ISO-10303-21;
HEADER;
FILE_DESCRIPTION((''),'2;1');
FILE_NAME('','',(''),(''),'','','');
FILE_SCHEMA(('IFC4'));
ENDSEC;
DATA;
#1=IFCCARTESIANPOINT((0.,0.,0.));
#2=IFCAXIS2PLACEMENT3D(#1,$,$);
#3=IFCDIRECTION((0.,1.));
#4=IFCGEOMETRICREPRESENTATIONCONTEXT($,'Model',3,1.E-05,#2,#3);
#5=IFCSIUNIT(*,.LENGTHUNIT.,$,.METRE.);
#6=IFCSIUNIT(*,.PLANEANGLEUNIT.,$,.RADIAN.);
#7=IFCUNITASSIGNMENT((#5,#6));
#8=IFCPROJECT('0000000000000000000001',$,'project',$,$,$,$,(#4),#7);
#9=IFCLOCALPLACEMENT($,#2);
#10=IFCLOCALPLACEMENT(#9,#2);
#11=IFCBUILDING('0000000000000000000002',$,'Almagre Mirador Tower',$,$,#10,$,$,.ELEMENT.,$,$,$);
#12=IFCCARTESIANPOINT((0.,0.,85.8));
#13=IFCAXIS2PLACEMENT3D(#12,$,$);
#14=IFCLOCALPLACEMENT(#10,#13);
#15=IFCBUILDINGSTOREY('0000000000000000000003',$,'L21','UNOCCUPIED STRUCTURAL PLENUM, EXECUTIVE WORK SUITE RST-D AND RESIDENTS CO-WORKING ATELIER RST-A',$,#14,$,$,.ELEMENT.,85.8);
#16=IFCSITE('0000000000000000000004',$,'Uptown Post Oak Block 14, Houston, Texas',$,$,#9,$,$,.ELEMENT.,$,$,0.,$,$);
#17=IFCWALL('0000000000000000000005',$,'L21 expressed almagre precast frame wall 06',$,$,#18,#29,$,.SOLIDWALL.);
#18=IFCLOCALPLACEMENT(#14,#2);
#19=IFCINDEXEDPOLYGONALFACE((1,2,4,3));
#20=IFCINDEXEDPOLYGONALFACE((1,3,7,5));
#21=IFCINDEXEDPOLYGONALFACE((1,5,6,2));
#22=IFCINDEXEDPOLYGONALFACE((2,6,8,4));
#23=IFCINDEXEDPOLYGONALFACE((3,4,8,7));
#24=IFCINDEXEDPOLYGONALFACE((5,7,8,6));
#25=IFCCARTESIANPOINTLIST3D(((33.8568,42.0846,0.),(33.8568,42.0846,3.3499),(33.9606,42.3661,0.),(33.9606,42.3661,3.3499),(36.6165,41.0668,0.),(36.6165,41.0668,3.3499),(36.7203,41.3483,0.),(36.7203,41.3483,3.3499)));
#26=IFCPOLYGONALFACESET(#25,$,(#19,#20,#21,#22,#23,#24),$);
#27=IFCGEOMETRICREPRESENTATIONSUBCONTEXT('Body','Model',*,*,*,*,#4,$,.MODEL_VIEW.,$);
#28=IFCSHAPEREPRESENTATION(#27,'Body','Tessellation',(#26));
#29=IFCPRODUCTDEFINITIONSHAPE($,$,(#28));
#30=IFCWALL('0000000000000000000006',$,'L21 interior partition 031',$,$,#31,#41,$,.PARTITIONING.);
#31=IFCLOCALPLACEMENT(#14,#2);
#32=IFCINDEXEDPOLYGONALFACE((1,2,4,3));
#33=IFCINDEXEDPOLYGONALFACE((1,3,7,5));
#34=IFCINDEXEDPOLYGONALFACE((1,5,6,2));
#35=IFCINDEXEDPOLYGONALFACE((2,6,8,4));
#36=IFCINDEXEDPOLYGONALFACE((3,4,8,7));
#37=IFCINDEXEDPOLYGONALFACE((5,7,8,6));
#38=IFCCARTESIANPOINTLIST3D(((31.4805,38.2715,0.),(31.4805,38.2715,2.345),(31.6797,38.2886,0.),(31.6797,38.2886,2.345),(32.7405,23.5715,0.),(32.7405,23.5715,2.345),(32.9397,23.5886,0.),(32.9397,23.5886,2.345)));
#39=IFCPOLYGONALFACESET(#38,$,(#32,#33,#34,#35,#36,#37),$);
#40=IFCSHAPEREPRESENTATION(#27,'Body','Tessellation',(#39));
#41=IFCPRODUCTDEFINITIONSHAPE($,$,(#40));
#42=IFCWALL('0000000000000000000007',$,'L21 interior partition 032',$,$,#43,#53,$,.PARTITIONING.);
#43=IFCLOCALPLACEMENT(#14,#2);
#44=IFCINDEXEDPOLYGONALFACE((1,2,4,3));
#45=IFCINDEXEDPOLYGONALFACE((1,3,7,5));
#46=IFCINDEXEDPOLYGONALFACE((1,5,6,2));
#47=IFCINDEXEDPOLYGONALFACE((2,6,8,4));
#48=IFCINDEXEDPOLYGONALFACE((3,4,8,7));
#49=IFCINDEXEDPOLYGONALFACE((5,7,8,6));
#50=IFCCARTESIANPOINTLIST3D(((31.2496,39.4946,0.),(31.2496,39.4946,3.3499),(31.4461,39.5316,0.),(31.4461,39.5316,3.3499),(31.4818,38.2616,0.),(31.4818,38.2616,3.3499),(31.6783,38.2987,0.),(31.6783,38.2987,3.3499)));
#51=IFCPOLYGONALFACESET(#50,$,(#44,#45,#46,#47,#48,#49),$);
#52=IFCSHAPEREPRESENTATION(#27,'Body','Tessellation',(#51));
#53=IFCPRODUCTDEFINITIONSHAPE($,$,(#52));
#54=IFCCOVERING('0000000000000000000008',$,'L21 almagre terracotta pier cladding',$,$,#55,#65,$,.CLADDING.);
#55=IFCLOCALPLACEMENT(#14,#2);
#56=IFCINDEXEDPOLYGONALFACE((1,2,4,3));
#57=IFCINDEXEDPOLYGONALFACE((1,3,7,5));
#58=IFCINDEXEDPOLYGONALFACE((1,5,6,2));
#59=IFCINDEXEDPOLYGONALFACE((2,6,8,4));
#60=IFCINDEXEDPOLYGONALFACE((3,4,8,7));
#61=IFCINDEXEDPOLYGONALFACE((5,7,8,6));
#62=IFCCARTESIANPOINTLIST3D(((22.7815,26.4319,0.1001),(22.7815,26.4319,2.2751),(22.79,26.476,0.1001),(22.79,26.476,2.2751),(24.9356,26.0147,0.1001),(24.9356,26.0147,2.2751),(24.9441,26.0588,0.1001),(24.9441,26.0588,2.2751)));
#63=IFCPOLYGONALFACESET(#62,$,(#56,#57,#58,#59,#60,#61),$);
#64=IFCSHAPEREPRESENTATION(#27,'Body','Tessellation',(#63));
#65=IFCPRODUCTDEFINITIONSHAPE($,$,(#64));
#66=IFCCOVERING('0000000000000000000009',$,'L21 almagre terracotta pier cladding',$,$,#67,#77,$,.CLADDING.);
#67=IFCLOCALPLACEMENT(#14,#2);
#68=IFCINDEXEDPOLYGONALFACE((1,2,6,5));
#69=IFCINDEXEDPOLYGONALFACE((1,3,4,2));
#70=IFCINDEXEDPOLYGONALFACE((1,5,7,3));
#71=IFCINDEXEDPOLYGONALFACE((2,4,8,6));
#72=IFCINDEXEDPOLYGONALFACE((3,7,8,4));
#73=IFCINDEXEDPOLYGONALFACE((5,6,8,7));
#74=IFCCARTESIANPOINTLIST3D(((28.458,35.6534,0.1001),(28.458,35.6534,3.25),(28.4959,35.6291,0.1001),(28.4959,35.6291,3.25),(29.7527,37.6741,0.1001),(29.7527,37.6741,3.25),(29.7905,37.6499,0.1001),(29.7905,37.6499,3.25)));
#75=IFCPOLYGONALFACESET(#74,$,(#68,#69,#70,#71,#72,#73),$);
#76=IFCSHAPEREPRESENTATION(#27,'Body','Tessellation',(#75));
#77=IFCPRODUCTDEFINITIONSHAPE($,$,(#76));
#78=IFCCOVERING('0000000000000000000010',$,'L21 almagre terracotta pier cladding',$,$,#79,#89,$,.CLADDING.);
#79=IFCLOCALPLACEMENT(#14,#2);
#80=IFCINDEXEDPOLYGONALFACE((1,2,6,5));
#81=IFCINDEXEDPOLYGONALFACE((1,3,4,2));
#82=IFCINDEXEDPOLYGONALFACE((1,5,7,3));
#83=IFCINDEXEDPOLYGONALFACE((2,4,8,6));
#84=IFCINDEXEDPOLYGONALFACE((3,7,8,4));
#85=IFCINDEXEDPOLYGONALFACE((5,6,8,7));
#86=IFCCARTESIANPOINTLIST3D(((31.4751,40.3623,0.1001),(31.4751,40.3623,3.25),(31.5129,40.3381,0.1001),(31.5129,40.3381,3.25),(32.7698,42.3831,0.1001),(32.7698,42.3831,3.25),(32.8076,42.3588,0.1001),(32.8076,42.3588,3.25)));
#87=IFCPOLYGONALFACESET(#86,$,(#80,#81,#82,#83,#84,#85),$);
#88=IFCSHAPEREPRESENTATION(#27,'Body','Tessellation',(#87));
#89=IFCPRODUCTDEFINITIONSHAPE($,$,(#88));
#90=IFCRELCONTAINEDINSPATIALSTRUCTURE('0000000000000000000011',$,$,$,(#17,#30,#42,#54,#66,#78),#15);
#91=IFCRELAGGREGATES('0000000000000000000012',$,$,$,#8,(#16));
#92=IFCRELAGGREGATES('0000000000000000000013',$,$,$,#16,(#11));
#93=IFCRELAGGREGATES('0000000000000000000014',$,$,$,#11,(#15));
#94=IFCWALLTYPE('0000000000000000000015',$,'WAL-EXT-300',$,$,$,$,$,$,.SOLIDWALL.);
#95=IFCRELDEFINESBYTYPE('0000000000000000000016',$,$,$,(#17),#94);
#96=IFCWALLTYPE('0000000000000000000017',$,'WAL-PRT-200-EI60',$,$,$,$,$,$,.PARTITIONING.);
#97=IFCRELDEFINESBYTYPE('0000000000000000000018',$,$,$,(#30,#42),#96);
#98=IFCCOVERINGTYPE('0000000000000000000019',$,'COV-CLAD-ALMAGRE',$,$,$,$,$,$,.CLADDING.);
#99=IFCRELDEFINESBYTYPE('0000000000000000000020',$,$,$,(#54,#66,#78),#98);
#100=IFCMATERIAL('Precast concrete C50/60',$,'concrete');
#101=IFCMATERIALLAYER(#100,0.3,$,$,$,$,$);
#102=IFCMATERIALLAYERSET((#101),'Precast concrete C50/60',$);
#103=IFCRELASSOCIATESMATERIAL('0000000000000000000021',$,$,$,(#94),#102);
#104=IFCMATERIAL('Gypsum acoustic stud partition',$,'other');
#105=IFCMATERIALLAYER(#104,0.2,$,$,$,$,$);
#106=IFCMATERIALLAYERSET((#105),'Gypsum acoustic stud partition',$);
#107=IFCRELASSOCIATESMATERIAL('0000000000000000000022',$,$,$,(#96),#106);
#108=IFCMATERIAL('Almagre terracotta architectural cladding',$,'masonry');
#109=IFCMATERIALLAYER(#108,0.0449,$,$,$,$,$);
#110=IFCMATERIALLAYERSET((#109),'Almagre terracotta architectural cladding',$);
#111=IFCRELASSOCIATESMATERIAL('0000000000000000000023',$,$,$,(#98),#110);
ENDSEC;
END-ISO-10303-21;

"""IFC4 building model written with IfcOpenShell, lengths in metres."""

from ifc_helpers import new_model, si_unit, direction, frame, frame_2d, origin, origin_2d, place, context, subcontext, project, spatial, rectangle, extrude, material, layer, layer_set, type_object, element, save


model = new_model("IFC4")

# Units and contexts
model_context = context("Model", 3, precision=1e-05, world=origin(), true_north=direction((0.0, 1.0)))
body_context = subcontext(model_context, "Body", "Model", "MODEL_VIEW")
ifc_project = project(units=[si_unit("LENGTHUNIT", "METRE"), si_unit("PLANEANGLEUNIT", "RADIAN")], contexts=[model_context])

# Site, building, storey
site_placement = place(None, origin())
site = spatial("IfcSite", under=ifc_project, at=site_placement, Name="Uptown Post Oak Block 14, Houston, Texas", CompositionType="ELEMENT", RefElevation=0.0)
building_placement = place(site_placement, origin())
building = spatial("IfcBuilding", under=site, at=building_placement, Name="Almagre Mirador Tower", CompositionType="ELEMENT")
storey_placement = place(building_placement, frame((0.0, 0.0, 85.8)))
storey = spatial("IfcBuildingStorey", under=building, at=storey_placement, Name="L21", Description="UNOCCUPIED STRUCTURAL PLENUM, EXECUTIVE WORK SUITE RST-D AND RESIDENTS CO-WORKING ATELIER RST-A", CompositionType="ELEMENT", Elevation=85.8)

# Shared definitions
ifc_material_1 = material(Name="Precast concrete C50/60", Category="concrete")
ifc_layer_1 = layer(ifc_material_1, 0.3)
ifc_layer_set_1 = layer_set([ifc_layer_1], Name="Precast concrete C50/60")
wall_type_1 = type_object("IfcWallType", Name="WAL-EXT-300", PredefinedType="SOLIDWALL", material=ifc_layer_set_1)

# Walls
wall_1_placement = place(storey_placement, frame((33.9087, 42.2253, 0.0), z_axis=(0.0, 0.0, 1.0), x_axis=(0.938225, -0.346025, 0.0)))
element("IfcWall", 1, at=wall_1_placement, inside=storey, type_object=wall_type_1, Name="L21 expressed almagre precast frame wall 06", PredefinedType="SOLIDWALL", context=body_context, shape_type="SweptSolid", body=[
    extrude(rectangle(XDim=2.9414, YDim=0.3, at=frame_2d((1.4707, 0.0))), origin(), (0.0, 0.0, 1.0), 3.3499),
])
ifc_material_2 = material(Name="Gypsum acoustic stud partition", Category="other")
ifc_layer_2 = layer(ifc_material_2, 0.2)
ifc_layer_set_2 = layer_set([ifc_layer_2], Name="Gypsum acoustic stud partition")
wall_type_2 = type_object("IfcWallType", Name="WAL-PRT-200-EI60", PredefinedType="PARTITIONING", material=ifc_layer_set_2)
wall_2_placement = place(storey_placement, frame((32.8401, 23.5801, 0.0), z_axis=(0.0, 0.0, 1.0), x_axis=(-0.085402, 0.996347, 0.0)))
element("IfcWall", 2, at=wall_2_placement, inside=storey, type_object=wall_type_2, Name="L21 interior partition 031", PredefinedType="PARTITIONING", context=body_context, shape_type="SweptSolid", body=[
    extrude(rectangle(XDim=14.7539, YDim=0.2, at=frame_2d((7.377, 0.0))), origin(), (0.0, 0.0, 1.0), 2.345),
])
wall_3_placement = place(storey_placement, frame((31.5801, 38.28, 0.0), z_axis=(0.0, 0.0, 1.0), x_axis=(-0.185064, 0.982726, 0.0)))
element("IfcWall", 3, at=wall_3_placement, inside=storey, type_object=wall_type_2, Name="L21 interior partition 032", PredefinedType="PARTITIONING", context=body_context, shape_type="SweptSolid", body=[
    extrude(rectangle(XDim=1.2546, YDim=0.2, at=frame_2d((0.6274, 0.0))), origin(), (0.0, 0.0, 1.0), 3.3499),
])

# Coverings
ifc_material_3 = material(Name="Almagre terracotta architectural cladding", Category="masonry")
ifc_layer_3 = layer(ifc_material_3, 0.0449)
ifc_layer_set_3 = layer_set([ifc_layer_3], Name="Almagre terracotta architectural cladding")
covering_type = type_object("IfcCoveringType", Name="COV-CLAD-ALMAGRE", PredefinedType="CLADDING", material=ifc_layer_set_3)
covering_placement = place(storey_placement, frame((23.8628, 26.2454, 0.1001), z_axis=(0.0, 0.0, 1.0), x_axis=(0.98176, -0.190124, 0.0)))
element("IfcCovering", 4, at=covering_placement, inside=storey, type_object=covering_type, Name="L21 almagre terracotta pier cladding", PredefinedType="CLADDING", context=body_context, shape_type="SweptSolid", body=[
    extrude(rectangle(XDim=2.1941, YDim=0.0449, at=origin_2d()), origin(), (0.0, 0.0, 1.0), 2.175),
])
for number, where, z_axis, x_axis, name in (
    (5, (29.1243, 36.6516, 0.1001), (0.0, 0.0, 1.0), (0.539462, 0.84201, 0.0), "L21 almagre terracotta pier cladding"),
    (6, (32.1414, 41.3606, 0.1001), (0.0, 0.0, 1.0), (0.539462, 0.84201, 0.0), "L21 almagre terracotta pier cladding"),
):
    element("IfcCovering", number, at=place(storey_placement, frame(where, z_axis=z_axis, x_axis=x_axis)), inside=storey, type_object=covering_type, Name=name, PredefinedType="CLADDING", context=body_context, shape_type="SweptSolid", body=[
        extrude(rectangle(XDim=2.3999, YDim=0.0449, at=origin_2d()), origin(), (0.0, 0.0, 1.0), 3.1499),
    ])

save(model, "model.ifc")
